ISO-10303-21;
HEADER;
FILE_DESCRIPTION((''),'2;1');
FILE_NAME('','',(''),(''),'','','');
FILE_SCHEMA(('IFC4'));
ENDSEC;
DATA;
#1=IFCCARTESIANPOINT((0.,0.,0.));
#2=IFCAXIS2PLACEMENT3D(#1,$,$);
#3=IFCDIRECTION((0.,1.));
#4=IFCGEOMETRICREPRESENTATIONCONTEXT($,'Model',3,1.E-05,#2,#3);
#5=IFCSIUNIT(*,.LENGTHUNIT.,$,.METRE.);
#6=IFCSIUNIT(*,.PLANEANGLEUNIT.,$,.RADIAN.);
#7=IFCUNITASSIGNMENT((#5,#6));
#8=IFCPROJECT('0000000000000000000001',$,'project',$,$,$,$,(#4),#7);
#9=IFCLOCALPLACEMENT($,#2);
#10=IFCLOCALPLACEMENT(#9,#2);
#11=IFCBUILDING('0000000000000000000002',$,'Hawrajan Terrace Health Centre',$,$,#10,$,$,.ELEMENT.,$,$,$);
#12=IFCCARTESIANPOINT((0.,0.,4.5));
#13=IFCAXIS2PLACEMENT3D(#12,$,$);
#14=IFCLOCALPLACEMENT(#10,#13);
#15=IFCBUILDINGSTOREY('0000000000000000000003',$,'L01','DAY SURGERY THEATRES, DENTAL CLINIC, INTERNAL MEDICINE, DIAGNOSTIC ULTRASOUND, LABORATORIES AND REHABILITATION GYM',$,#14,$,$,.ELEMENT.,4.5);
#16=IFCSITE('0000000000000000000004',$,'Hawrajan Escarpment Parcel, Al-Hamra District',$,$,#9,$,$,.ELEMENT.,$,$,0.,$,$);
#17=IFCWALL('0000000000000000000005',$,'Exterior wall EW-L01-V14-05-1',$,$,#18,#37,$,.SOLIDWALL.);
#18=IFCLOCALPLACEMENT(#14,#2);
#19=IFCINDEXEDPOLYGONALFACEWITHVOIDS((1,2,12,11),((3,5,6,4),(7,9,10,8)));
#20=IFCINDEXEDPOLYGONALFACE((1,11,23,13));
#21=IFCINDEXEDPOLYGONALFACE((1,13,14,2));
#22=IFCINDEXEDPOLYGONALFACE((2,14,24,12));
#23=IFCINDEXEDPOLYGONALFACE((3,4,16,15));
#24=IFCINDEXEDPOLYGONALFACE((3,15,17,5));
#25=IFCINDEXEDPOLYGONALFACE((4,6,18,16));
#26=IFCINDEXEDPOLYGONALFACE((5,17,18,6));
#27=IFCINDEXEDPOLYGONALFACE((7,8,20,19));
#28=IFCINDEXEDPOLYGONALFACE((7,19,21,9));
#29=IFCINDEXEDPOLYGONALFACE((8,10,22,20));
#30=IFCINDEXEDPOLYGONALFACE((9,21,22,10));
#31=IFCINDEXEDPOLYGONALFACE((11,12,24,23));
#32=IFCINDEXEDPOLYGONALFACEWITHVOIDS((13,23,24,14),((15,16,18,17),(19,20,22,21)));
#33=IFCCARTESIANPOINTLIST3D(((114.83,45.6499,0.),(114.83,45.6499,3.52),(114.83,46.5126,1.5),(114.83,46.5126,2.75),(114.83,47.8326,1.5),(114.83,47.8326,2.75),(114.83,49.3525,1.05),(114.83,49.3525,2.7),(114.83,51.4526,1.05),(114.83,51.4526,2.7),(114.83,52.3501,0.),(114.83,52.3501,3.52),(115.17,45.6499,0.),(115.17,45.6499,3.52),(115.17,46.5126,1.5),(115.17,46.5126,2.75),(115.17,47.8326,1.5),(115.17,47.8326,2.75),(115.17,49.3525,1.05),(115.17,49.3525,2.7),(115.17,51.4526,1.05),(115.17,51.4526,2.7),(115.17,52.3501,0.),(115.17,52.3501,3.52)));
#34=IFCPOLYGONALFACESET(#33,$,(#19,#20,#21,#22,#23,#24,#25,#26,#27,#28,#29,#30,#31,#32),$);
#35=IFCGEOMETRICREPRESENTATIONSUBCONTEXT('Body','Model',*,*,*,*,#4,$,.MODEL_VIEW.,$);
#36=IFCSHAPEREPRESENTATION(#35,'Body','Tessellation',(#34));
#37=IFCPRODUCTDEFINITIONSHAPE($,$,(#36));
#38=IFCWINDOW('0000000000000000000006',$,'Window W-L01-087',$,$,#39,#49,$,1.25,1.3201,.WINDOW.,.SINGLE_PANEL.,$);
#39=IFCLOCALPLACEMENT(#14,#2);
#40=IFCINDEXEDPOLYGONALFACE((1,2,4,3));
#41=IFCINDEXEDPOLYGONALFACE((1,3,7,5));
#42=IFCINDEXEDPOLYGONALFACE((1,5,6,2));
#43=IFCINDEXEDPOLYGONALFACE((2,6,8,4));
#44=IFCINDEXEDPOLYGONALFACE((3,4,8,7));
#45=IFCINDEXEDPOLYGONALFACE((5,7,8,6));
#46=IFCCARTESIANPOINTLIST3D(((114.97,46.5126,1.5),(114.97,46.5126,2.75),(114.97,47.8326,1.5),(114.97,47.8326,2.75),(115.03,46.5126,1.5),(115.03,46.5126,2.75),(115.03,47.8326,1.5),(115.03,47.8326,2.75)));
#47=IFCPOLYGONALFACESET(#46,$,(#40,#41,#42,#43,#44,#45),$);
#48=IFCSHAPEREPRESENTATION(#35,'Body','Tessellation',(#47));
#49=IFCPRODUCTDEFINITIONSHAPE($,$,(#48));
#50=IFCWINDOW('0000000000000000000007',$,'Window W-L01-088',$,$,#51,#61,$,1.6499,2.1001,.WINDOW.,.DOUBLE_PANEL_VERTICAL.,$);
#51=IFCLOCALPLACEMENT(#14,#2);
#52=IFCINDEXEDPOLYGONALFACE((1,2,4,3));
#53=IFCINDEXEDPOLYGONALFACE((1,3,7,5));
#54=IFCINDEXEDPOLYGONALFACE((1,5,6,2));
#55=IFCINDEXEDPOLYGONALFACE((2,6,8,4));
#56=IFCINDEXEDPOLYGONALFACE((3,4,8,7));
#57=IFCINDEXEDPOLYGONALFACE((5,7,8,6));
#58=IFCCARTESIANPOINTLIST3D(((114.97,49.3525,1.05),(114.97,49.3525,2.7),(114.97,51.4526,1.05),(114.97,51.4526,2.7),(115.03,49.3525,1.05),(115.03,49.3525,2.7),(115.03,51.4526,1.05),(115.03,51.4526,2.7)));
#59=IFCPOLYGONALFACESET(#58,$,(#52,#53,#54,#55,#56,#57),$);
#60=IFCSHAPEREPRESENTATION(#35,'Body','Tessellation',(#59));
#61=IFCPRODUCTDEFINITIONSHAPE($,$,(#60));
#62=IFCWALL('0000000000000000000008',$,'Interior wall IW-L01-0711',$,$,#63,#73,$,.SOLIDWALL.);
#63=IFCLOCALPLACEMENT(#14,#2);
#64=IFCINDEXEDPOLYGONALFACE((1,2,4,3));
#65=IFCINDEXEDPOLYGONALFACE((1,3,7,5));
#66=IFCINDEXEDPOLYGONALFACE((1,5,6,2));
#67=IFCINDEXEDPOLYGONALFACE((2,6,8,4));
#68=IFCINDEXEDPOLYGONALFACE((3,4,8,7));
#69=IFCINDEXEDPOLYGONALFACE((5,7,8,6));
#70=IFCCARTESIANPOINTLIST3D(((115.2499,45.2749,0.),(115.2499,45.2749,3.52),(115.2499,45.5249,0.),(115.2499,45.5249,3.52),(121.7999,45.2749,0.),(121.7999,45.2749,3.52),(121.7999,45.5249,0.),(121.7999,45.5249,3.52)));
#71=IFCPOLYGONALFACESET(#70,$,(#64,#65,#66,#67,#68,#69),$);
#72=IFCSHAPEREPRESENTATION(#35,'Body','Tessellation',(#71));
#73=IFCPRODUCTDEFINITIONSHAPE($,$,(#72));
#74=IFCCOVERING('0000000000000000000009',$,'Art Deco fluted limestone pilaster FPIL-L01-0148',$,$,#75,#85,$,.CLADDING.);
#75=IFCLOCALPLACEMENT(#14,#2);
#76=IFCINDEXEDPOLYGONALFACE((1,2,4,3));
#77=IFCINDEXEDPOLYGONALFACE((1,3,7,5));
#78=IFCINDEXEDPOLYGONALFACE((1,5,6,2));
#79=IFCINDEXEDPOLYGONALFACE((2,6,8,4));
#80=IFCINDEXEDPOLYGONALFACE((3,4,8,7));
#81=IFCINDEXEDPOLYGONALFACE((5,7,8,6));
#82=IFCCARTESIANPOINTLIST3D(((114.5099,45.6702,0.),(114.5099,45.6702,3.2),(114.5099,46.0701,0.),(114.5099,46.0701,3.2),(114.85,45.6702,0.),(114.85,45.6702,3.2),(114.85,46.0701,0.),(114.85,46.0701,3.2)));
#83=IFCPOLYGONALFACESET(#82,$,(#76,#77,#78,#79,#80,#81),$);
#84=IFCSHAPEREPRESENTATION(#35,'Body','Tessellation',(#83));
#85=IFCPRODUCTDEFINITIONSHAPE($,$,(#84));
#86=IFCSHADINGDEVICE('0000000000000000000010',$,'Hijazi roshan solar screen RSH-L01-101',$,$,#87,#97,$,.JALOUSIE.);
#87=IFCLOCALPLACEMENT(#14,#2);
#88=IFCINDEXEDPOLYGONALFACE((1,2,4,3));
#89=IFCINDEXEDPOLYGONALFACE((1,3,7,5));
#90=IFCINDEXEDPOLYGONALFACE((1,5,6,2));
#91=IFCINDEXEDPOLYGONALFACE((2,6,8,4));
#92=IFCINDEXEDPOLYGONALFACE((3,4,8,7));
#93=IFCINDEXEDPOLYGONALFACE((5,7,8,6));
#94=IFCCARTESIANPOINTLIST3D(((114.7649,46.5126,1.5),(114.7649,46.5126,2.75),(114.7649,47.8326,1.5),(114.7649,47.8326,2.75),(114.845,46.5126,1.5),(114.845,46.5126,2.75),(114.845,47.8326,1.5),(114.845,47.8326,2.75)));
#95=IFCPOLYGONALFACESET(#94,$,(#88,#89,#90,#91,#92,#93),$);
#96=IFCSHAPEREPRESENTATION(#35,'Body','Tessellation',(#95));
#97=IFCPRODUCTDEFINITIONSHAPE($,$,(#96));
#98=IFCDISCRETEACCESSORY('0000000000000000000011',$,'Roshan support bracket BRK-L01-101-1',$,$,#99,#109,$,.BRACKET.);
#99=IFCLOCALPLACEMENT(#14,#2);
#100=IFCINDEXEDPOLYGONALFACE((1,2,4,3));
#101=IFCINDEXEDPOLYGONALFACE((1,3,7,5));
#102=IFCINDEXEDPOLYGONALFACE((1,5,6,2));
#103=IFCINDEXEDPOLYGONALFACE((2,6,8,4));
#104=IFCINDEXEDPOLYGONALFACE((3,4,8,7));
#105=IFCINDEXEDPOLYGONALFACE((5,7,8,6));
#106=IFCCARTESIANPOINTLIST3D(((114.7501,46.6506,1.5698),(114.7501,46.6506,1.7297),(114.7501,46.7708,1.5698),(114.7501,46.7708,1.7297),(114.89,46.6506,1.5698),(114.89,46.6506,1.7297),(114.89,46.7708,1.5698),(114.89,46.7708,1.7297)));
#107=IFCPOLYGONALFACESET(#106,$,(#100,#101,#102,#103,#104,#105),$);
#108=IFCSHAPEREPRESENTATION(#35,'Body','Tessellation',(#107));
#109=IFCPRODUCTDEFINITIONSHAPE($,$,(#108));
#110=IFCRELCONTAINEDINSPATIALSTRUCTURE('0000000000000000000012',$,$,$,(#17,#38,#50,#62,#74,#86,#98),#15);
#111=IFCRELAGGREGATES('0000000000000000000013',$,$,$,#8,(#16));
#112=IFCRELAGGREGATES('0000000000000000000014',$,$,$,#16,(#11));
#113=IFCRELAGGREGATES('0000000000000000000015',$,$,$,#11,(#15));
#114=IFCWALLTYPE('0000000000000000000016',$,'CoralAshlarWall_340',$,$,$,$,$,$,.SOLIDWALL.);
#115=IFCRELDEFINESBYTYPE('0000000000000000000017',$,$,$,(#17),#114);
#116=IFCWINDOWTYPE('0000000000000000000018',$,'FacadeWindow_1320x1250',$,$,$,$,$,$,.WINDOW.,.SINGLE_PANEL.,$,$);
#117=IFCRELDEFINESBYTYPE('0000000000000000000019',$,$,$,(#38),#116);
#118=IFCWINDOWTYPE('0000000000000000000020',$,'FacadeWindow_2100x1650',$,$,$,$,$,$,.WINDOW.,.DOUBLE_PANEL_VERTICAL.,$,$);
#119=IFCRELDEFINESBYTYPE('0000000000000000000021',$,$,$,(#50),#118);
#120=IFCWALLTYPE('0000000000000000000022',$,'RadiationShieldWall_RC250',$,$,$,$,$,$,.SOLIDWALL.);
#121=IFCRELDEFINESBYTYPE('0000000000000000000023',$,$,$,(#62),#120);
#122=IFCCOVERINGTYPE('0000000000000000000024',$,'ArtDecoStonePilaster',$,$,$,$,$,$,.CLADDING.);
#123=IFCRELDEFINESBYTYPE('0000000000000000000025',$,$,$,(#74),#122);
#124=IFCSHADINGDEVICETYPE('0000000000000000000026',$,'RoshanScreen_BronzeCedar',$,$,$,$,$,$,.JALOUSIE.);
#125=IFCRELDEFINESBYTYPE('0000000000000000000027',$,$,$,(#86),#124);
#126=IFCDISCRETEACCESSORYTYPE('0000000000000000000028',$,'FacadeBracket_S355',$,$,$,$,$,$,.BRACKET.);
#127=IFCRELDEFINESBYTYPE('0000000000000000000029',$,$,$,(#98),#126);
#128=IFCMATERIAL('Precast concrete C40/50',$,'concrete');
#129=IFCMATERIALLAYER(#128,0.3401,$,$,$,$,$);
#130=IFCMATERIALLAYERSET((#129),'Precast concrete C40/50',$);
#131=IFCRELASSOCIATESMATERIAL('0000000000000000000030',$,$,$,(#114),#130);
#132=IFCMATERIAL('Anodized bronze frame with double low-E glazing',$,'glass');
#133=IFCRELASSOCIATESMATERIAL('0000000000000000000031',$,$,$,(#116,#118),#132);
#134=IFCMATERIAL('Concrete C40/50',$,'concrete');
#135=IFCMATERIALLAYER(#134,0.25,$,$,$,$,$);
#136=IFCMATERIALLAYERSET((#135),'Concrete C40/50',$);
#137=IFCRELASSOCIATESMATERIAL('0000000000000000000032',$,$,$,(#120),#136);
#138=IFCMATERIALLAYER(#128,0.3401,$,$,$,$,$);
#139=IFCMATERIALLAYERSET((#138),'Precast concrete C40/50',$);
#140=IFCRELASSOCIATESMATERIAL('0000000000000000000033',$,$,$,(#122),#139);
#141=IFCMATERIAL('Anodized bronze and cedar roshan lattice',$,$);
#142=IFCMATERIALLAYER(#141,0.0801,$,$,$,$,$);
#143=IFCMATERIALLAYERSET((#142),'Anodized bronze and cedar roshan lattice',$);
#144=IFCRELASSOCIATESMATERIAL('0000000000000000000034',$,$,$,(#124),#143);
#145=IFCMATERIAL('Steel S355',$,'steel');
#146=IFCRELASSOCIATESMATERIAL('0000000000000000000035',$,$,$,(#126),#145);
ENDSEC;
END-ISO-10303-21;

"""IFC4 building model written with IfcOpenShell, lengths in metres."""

from ifc_helpers import new_model, si_unit, direction, frame, frame_2d, origin, origin_2d, place, context, subcontext, project, spatial, rectangle, extrude, material, layer, layer_set, type_object, element, fill, save


model = new_model("IFC4")

# Units and contexts
model_context = context("Model", 3, precision=1e-05, world=origin(), true_north=direction((0.0, 1.0)))
body_context = subcontext(model_context, "Body", "Model", "MODEL_VIEW")
ifc_project = project(units=[si_unit("LENGTHUNIT", "METRE"), si_unit("PLANEANGLEUNIT", "RADIAN")], contexts=[model_context])

# Site, building, storey
site_placement = place(None, origin())
site = spatial("IfcSite", under=ifc_project, at=site_placement, Name="Hawrajan Escarpment Parcel, Al-Hamra District", CompositionType="ELEMENT", RefElevation=0.0)
building_placement = place(site_placement, origin())
building = spatial("IfcBuilding", under=site, at=building_placement, Name="Hawrajan Terrace Health Centre", CompositionType="ELEMENT")
storey_placement = place(building_placement, frame((0.0, 0.0, 4.5)))
storey = spatial("IfcBuildingStorey", under=building, at=storey_placement, Name="L01", Description="DAY SURGERY THEATRES, DENTAL CLINIC, INTERNAL MEDICINE, DIAGNOSTIC ULTRASOUND, LABORATORIES AND REHABILITATION GYM", CompositionType="ELEMENT", Elevation=4.5)

# Shared definitions
ifc_material_1 = material(Name="Concrete C40/50", Category="concrete")

# Shared definitions
ifc_material_2 = material(Name="Steel S355", Category="steel")

# Wall, openings, windows
ifc_material_3 = material(Name="Precast concrete C40/50", Category="concrete")
ifc_layer_1 = layer(ifc_material_3, 0.3401)
ifc_layer_set_1 = layer_set([ifc_layer_1], Name="Precast concrete C40/50")
wall_type_1 = type_object("IfcWallType", Name="CoralAshlarWall_340", PredefinedType="SOLIDWALL", material=ifc_layer_set_1)
wall_1_placement = place(storey_placement, frame((115.0, 45.6499, 0.0), z_axis=(0.0, 0.0, 1.0), x_axis=(0.0, 1.0, 0.0)))
wall_1 = element("IfcWall", 1, at=wall_1_placement, inside=storey, type_object=wall_type_1, Name="Exterior wall EW-L01-V14-05-1", PredefinedType="SOLIDWALL", context=body_context, shape_type="SweptSolid", body=[
    extrude(rectangle(XDim=6.7002, YDim=0.3401, at=frame_2d((3.3501, 0.0))), origin(), (0.0, 0.0, 1.0), 3.52),
])
opening_1_placement = place(wall_1_placement, frame((0.8625, 0.0, 1.5)))
opening_1 = element("IfcOpeningElement", 2, at=opening_1_placement, cuts=wall_1, PredefinedType="OPENING", context=body_context, shape_type="SweptSolid", body=[
    extrude(rectangle(XDim=1.3201, YDim=1.25, at=frame_2d((0.6602, 0.625))), frame((0.0, 0.1799, 0.0), z_axis=(0.0, -1.0, 0.0), x_axis=(1.0, 0.0, 0.0)), (0.0, 0.0, 1.0), 0.3601),
])
opening_2_placement = place(wall_1_placement, frame((3.7026, 0.0, 1.05)))
opening_2 = element("IfcOpeningElement", 3, at=opening_2_placement, cuts=wall_1, PredefinedType="OPENING", context=body_context, shape_type="SweptSolid", body=[
    extrude(rectangle(XDim=2.1001, YDim=1.6499, at=frame_2d((1.05, 0.825))), frame((0.0, 0.1799, 0.0), z_axis=(0.0, -1.0, 0.0), x_axis=(1.0, 0.0, 0.0)), (0.0, 0.0, 1.0), 0.3601),
])
ifc_material_4 = material(Name="Anodized bronze frame with double low-E glazing", Category="glass")
window_type_1 = type_object("IfcWindowType", Name="FacadeWindow_1320x1250", PartitioningType="SINGLE_PANEL", PredefinedType="WINDOW", material=ifc_material_4)
window_1_placement = place(opening_1_placement, origin())
window_1 = element("IfcWindow", 4, at=window_1_placement, inside=storey, type_object=window_type_1, Name="Window W-L01-087", OverallHeight=1.25, OverallWidth=1.3201, PartitioningType="SINGLE_PANEL", PredefinedType="WINDOW", context=body_context, shape_type="SweptSolid", body=[
    extrude(rectangle(XDim=1.3201, YDim=1.25, at=frame_2d((0.6602, 0.625))), frame((0.0, 0.03, 0.0), z_axis=(0.0, -1.0, 0.0), x_axis=(1.0, 0.0, 0.0)), (0.0, 0.0, 1.0), 0.0601),
])
fill(opening_1, window_1)
window_type_2 = type_object("IfcWindowType", Name="FacadeWindow_2100x1650", PartitioningType="DOUBLE_PANEL_VERTICAL", PredefinedType="WINDOW", material=ifc_material_4)
window_2_placement = place(opening_2_placement, origin())
window_2 = element("IfcWindow", 5, at=window_2_placement, inside=storey, type_object=window_type_2, Name="Window W-L01-088", OverallHeight=1.6499, OverallWidth=2.1001, PartitioningType="DOUBLE_PANEL_VERTICAL", PredefinedType="WINDOW", context=body_context, shape_type="SweptSolid", body=[
    extrude(rectangle(XDim=2.1001, YDim=1.6499, at=frame_2d((1.05, 0.825))), frame((0.0, 0.03, 0.0), z_axis=(0.0, -1.0, 0.0), x_axis=(1.0, 0.0, 0.0)), (0.0, 0.0, 1.0), 0.0601),
])
fill(opening_2, window_2)

# Wall
ifc_layer_2 = layer(ifc_material_1, 0.25)
ifc_layer_set_2 = layer_set([ifc_layer_2], Name="Concrete C40/50")
wall_type_2 = type_object("IfcWallType", Name="RadiationShieldWall_RC250", PredefinedType="SOLIDWALL", material=ifc_layer_set_2)
wall_2_placement = place(storey_placement, frame((115.25, 45.3999, 0.0), z_axis=(0.0, 0.0, 1.0), x_axis=(1.0, 0.0, 0.0)))
element("IfcWall", 6, at=wall_2_placement, inside=storey, type_object=wall_type_2, Name="Interior wall IW-L01-0711", PredefinedType="SOLIDWALL", context=body_context, shape_type="SweptSolid", body=[
    extrude(rectangle(XDim=6.55, YDim=0.25, at=frame_2d((3.2749, 0.0))), origin(), (0.0, 0.0, 1.0), 3.52),
])

# Covering
ifc_layer_3 = layer(ifc_material_3, 0.3401)
ifc_layer_set_3 = layer_set([ifc_layer_3], Name="Precast concrete C40/50")
covering_type = type_object("IfcCoveringType", Name="ArtDecoStonePilaster", PredefinedType="CLADDING", material=ifc_layer_set_3)
covering_placement = place(storey_placement, frame((114.6799, 45.8701, 0.0), z_axis=(0.0, 0.0, 1.0), x_axis=(0.0, 1.0, 0.0)))
element("IfcCovering", 7, at=covering_placement, inside=storey, type_object=covering_type, Name="Art Deco fluted limestone pilaster FPIL-L01-0148", PredefinedType="CLADDING", context=body_context, shape_type="SweptSolid", body=[
    extrude(rectangle(XDim=0.3999, YDim=0.3401, at=origin_2d()), origin(), (0.0, 0.0, 1.0), 3.2),
])

# Shading device
ifc_material_5 = material(Name="Anodized bronze and cedar roshan lattice")
ifc_layer_4 = layer(ifc_material_5, 0.0801)
ifc_layer_set_4 = layer_set([ifc_layer_4], Name="Anodized bronze and cedar roshan lattice")
shading_device_type = type_object("IfcShadingDeviceType", Name="RoshanScreen_BronzeCedar", PredefinedType="JALOUSIE", material=ifc_layer_set_4)
shading_device_placement = place(storey_placement, frame((114.8049, 47.1726, 1.5), z_axis=(0.0, 0.0, 1.0), x_axis=(0.0, 1.0, 0.0)))
element("IfcShadingDevice", 8, at=shading_device_placement, inside=storey, type_object=shading_device_type, Name="Hijazi roshan solar screen RSH-L01-101", PredefinedType="JALOUSIE", context=body_context, shape_type="SweptSolid", body=[
    extrude(rectangle(XDim=1.3201, YDim=0.0801, at=origin_2d()), origin(), (0.0, 0.0, 1.0), 1.25),
])

# Discrete accessory
discrete_accessory_type = type_object("IfcDiscreteAccessoryType", Name="FacadeBracket_S355", PredefinedType="BRACKET", material=ifc_material_2)
discrete_accessory_placement = place(storey_placement, frame((114.8201, 46.7107, 1.5698), z_axis=(0.0, 0.0, 1.0), x_axis=(0.0, 1.0, 0.0)))
element("IfcDiscreteAccessory", 9, at=discrete_accessory_placement, inside=storey, type_object=discrete_accessory_type, Name="Roshan support bracket BRK-L01-101-1", PredefinedType="BRACKET", context=body_context, shape_type="SweptSolid", body=[
    extrude(rectangle(XDim=0.1201, YDim=0.1399, at=origin_2d()), origin(), (0.0, 0.0, 1.0), 0.1599),
])

save(model, "model.ifc")
